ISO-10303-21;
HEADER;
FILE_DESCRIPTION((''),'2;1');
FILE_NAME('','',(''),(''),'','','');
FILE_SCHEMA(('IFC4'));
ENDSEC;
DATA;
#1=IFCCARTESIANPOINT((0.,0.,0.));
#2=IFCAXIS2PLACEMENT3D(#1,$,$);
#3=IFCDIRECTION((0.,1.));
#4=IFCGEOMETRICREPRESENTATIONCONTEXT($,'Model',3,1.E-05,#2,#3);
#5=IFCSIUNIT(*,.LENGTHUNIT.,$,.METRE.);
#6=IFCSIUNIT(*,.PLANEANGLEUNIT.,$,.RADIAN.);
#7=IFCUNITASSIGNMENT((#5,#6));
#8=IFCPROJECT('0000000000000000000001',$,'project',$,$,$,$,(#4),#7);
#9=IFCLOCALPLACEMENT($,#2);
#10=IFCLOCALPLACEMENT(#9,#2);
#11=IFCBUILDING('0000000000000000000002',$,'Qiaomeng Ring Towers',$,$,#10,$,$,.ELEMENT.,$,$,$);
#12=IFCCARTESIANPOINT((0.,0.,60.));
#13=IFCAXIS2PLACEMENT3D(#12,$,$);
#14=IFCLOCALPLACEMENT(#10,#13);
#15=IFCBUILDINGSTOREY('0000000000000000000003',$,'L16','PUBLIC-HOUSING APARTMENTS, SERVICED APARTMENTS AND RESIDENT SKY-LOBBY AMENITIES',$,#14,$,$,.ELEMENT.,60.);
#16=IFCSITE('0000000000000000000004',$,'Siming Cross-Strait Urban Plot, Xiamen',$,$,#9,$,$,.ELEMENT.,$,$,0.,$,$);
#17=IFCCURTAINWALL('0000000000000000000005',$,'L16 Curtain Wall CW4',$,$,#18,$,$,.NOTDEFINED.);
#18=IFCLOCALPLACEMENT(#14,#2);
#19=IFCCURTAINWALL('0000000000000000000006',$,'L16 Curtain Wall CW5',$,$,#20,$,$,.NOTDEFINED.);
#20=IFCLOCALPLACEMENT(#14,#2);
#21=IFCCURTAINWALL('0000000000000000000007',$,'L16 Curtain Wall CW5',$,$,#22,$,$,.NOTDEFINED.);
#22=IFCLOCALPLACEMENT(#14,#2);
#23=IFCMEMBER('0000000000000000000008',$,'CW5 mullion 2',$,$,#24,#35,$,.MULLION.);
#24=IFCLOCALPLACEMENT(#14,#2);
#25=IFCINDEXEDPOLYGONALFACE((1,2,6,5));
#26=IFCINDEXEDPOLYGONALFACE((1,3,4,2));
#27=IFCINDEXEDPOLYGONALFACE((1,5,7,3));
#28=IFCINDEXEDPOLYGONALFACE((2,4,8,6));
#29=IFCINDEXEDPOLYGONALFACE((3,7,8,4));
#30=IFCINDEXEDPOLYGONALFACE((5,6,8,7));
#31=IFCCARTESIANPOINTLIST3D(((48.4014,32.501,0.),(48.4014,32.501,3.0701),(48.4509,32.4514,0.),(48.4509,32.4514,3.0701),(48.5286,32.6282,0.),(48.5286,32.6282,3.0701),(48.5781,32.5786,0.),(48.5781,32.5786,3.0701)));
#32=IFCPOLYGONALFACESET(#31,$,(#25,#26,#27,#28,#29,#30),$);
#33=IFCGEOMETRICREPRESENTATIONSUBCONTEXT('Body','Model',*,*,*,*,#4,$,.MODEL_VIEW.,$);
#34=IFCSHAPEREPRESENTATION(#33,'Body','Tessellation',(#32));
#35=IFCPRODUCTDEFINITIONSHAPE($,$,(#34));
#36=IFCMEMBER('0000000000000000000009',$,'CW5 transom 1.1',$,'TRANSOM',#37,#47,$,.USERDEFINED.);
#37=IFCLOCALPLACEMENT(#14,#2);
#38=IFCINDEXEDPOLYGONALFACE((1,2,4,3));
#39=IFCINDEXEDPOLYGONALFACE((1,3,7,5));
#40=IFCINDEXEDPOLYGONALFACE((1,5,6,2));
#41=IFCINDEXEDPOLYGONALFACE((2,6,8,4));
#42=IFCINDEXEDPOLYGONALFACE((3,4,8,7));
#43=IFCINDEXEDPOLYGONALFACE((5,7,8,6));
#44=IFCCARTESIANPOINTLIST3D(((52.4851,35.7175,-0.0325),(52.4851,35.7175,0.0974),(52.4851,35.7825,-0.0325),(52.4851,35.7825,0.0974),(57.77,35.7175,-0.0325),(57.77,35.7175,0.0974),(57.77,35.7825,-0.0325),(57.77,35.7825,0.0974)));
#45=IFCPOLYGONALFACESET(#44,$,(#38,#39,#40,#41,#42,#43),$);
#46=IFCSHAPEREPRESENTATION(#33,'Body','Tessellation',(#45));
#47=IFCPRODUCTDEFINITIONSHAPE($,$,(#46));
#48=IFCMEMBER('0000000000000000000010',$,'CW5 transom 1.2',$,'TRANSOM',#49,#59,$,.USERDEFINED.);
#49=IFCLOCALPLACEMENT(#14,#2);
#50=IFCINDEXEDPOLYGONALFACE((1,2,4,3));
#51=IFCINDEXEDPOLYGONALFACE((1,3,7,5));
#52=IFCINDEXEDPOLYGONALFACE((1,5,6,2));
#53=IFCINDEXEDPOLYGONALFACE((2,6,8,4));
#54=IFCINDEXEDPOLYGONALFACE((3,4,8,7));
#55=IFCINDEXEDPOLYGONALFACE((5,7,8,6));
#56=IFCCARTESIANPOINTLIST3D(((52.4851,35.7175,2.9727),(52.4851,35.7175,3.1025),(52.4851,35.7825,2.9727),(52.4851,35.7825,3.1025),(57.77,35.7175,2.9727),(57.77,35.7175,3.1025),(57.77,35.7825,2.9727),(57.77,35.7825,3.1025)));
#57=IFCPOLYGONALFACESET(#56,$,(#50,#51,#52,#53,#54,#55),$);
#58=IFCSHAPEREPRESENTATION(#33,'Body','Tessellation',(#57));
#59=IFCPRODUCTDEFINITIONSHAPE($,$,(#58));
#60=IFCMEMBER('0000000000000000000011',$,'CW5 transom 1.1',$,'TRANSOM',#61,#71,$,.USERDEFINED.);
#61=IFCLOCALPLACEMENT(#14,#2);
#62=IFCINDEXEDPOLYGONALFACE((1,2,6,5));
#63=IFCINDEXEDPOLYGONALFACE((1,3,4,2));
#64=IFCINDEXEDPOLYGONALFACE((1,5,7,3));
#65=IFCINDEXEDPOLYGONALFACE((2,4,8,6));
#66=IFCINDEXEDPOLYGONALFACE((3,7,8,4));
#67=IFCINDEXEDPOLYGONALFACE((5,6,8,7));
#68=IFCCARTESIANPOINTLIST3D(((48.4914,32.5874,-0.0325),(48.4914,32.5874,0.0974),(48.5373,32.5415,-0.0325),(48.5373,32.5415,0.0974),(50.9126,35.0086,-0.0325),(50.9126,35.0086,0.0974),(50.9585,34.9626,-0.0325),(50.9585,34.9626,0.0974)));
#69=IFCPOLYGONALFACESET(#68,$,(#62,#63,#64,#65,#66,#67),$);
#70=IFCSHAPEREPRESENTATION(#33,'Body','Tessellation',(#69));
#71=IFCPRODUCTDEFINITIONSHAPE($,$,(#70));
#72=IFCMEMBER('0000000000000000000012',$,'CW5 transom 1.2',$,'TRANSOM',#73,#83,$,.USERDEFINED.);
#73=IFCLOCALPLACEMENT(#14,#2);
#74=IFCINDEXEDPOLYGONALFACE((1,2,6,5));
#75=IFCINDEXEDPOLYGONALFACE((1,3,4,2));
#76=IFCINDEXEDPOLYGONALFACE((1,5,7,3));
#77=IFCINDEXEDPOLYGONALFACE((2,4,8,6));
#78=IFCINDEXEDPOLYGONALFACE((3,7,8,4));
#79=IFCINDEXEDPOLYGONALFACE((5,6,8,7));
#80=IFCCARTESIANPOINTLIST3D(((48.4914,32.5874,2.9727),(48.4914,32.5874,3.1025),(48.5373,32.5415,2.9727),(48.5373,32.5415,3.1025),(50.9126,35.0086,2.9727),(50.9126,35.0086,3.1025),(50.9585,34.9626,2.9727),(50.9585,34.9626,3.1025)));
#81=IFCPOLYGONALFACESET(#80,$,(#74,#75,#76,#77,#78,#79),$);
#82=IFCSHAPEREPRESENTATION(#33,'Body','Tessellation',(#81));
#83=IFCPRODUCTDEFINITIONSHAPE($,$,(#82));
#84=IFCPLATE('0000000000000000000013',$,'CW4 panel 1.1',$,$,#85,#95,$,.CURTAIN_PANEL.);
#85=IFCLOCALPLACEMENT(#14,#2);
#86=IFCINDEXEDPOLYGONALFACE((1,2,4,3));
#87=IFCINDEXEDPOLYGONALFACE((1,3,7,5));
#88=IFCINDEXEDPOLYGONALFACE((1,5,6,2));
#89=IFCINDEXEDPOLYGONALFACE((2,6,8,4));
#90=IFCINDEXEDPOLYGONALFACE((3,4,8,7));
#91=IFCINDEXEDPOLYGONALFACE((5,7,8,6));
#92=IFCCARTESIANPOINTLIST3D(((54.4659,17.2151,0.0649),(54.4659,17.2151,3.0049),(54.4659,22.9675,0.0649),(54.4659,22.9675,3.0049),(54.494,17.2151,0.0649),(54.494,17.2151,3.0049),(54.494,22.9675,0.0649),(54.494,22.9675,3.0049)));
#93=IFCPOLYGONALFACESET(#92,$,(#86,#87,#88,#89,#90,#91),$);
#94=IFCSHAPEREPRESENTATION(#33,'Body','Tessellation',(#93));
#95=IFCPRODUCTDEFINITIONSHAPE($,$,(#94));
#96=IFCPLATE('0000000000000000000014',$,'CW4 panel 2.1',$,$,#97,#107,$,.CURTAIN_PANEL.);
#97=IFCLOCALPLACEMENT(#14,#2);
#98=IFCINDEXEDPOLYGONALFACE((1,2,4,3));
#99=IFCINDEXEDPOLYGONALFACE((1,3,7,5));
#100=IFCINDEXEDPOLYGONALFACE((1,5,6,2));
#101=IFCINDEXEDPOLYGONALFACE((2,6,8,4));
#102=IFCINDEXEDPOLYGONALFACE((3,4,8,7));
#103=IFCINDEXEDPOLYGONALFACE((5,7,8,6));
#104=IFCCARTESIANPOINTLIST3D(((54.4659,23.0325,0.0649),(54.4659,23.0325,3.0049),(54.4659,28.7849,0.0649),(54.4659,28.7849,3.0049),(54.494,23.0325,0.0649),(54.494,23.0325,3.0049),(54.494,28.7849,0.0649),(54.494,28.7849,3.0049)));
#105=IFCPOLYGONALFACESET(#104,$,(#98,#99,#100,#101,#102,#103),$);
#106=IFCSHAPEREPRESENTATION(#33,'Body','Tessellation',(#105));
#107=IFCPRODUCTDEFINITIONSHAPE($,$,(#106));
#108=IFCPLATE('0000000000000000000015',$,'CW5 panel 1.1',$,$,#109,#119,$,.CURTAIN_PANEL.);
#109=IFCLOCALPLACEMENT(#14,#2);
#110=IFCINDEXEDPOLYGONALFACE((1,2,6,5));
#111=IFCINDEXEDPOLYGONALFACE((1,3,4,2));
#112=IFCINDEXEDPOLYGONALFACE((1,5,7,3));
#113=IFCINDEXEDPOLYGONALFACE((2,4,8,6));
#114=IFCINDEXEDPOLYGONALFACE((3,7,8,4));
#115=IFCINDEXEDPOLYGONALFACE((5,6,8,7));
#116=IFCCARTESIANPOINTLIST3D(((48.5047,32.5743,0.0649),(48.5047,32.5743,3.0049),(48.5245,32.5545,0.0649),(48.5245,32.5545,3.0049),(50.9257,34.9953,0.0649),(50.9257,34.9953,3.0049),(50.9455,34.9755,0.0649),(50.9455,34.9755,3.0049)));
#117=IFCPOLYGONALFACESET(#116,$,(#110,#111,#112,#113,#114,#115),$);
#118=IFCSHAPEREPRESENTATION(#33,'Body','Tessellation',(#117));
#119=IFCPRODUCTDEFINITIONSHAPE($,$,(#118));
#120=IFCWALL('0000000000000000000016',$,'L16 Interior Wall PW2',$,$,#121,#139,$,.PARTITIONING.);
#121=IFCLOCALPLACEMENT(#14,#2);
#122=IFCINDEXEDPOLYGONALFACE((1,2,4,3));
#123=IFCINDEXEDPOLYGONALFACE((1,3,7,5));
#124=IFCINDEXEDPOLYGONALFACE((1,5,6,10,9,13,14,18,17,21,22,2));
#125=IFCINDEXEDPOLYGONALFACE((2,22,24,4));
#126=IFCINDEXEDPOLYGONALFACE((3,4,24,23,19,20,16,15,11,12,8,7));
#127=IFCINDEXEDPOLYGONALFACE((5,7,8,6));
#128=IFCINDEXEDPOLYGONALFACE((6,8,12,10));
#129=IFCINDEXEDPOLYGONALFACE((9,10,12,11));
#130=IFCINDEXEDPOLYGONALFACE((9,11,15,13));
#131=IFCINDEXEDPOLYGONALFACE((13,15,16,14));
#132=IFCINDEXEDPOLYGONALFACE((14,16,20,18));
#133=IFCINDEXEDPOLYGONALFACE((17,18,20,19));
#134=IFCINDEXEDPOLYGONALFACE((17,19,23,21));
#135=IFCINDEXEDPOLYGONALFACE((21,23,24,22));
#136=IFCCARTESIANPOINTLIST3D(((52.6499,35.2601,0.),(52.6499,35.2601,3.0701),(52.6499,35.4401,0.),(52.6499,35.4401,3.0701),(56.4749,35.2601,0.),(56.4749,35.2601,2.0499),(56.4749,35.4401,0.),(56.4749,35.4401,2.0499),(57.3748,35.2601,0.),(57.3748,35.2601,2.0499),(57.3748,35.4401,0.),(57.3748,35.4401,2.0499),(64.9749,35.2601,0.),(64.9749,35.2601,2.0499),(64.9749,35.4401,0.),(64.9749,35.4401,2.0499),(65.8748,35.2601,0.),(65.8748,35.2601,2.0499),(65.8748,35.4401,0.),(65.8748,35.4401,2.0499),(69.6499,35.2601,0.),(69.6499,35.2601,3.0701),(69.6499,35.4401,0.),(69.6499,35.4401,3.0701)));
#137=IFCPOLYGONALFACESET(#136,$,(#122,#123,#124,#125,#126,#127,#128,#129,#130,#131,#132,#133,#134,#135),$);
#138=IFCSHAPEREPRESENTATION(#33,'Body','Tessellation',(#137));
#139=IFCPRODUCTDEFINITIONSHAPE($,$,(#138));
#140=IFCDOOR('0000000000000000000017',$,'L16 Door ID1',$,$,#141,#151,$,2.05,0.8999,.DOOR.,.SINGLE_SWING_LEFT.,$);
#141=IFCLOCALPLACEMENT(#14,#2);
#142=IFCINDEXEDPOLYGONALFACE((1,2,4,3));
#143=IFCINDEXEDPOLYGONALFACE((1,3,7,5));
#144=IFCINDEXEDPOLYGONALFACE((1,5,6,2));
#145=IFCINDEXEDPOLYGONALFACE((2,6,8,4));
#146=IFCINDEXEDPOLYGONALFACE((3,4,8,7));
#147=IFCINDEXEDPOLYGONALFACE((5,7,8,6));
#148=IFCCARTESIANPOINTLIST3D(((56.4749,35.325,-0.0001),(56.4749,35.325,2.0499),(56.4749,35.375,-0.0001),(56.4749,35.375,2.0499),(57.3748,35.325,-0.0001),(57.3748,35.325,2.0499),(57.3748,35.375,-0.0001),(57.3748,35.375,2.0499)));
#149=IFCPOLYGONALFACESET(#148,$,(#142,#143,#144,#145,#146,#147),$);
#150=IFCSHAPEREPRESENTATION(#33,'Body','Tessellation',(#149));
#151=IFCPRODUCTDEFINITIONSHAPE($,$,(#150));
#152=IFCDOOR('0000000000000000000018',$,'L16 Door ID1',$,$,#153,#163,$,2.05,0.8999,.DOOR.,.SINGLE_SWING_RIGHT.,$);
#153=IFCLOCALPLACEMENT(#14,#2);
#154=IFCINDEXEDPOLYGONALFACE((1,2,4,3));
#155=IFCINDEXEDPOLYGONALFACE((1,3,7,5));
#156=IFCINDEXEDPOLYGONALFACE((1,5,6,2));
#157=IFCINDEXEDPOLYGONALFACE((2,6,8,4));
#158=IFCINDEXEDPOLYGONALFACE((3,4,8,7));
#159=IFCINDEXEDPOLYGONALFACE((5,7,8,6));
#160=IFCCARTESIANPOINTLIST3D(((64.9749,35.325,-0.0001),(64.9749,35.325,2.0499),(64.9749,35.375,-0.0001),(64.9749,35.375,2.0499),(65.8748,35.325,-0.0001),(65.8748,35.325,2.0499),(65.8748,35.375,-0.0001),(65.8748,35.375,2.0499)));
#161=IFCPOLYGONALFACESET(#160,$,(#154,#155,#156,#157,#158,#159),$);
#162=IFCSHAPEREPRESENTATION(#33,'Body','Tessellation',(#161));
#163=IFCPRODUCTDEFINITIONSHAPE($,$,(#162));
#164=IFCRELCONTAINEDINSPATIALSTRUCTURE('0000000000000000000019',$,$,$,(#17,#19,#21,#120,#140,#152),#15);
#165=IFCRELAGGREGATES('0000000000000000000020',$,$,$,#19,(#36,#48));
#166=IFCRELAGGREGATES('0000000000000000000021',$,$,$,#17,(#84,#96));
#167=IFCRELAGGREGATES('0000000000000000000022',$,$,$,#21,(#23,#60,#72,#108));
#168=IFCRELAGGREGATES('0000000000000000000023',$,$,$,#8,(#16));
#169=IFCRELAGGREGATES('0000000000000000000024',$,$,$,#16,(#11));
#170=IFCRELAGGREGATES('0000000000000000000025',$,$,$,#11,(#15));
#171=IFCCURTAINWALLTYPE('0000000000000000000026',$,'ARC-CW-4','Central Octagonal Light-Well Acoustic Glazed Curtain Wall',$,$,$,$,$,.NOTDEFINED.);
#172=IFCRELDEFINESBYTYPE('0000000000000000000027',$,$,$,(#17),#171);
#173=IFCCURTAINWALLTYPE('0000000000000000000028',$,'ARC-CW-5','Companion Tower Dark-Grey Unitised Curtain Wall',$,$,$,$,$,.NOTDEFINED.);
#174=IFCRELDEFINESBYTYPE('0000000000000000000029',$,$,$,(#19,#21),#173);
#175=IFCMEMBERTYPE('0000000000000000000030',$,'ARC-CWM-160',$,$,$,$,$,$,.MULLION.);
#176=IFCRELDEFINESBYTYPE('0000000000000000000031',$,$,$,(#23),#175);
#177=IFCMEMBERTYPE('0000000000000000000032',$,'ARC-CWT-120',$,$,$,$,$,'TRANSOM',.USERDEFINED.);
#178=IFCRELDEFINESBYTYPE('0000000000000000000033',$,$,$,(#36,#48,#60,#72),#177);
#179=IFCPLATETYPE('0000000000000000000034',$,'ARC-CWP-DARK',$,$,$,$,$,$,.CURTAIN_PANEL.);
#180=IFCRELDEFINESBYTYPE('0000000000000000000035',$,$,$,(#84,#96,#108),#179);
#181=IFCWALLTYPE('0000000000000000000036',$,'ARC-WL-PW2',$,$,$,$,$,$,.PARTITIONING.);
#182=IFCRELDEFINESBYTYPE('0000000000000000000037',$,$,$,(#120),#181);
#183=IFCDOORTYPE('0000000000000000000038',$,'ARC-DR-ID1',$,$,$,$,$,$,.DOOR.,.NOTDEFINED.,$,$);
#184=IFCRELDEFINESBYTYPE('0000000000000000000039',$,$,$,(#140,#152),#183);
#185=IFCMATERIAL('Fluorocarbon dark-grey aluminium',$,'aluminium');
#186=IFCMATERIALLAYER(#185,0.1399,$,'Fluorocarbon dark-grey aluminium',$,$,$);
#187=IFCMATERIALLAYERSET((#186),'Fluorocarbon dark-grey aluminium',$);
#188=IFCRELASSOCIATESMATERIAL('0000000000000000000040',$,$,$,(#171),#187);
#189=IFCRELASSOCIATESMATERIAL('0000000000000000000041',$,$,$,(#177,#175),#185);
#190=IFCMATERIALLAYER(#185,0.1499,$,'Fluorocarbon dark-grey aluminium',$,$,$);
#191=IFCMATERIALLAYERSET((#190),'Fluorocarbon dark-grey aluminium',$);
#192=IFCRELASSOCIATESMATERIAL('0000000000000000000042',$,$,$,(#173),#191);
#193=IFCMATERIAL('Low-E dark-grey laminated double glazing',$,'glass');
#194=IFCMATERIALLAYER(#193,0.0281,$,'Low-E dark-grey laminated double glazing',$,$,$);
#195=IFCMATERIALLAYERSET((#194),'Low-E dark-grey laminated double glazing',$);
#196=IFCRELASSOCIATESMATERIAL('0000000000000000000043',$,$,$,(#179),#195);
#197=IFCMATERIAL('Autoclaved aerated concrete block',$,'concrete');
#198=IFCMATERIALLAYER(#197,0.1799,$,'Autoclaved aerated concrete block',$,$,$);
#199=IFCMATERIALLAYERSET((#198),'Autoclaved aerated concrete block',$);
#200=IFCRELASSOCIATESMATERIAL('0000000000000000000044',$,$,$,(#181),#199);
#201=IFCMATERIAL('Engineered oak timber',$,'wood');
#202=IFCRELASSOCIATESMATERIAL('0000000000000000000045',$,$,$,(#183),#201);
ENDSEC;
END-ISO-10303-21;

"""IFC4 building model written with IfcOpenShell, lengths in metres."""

from ifc_helpers import new_model, si_unit, direction, frame, frame_2d, origin, origin_2d, place, context, subcontext, project, spatial, rectangle, extrude, source, transform, mapped, material, layer, layer_set, material_profile, profile_set, type_object, element, fill, aggregate, save


model = new_model("IFC4")

# Units and contexts
model_context = context("Model", 3, precision=1e-05, world=origin(), true_north=direction((0.0, 1.0)))
body_context = subcontext(model_context, "Body", "Model", "MODEL_VIEW")
ifc_project = project(units=[si_unit("LENGTHUNIT", "METRE"), si_unit("PLANEANGLEUNIT", "RADIAN")], contexts=[model_context])

# Site, building, storey
site_placement = place(None, origin())
site = spatial("IfcSite", under=ifc_project, at=site_placement, Name="Siming Cross-Strait Urban Plot, Xiamen", CompositionType="ELEMENT", RefElevation=0.0)
building_placement = place(site_placement, origin())
building = spatial("IfcBuilding", under=site, at=building_placement, Name="Qiaomeng Ring Towers", CompositionType="ELEMENT")
storey_placement = place(building_placement, frame((0.0, 0.0, 60.0)))
storey = spatial("IfcBuildingStorey", under=building, at=storey_placement, Name="L16", Description="PUBLIC-HOUSING APARTMENTS, SERVICED APARTMENTS AND RESIDENT SKY-LOBBY AMENITIES", CompositionType="ELEMENT", Elevation=60.0)

# Curtain wall
ifc_material_1 = material(Name="Fluorocarbon dark-grey aluminium", Category="aluminium")
ifc_layer_1 = layer(ifc_material_1, 0.1399, Name="Fluorocarbon dark-grey aluminium")
ifc_layer_set_1 = layer_set([ifc_layer_1], Name="Fluorocarbon dark-grey aluminium")
curtain_wall_type_1 = type_object("IfcCurtainWallType", Name="ARC-CW-4", Description="Central Octagonal Light-Well Acoustic Glazed Curtain Wall", PredefinedType="NOTDEFINED", material=ifc_layer_set_1)
curtain_wall_1_placement = place(storey_placement, origin())
curtain_wall_1 = element("IfcCurtainWall", 1, at=curtain_wall_1_placement, inside=storey, type_object=curtain_wall_type_1, Name="L16 Curtain Wall CW4", PredefinedType="NOTDEFINED")
ifc_material_profile_1 = material_profile(ifc_material_1, rectangle(XDim=0.0649, YDim=0.1299, at=origin_2d()), Name="ALU TRAN 65x130")
ifc_profile_set_1 = profile_set([ifc_material_profile_1], Name="Fluorocarbon dark-grey aluminium")
member_type_1 = type_object("IfcMemberType", Name="ARC-CWT-120", ElementType="TRANSOM", PredefinedType="USERDEFINED", material=ifc_profile_set_1)

# Curtain wall
ifc_layer_2 = layer(ifc_material_1, 0.1499, Name="Fluorocarbon dark-grey aluminium")
ifc_layer_set_2 = layer_set([ifc_layer_2], Name="Fluorocarbon dark-grey aluminium")
curtain_wall_type_2 = type_object("IfcCurtainWallType", Name="ARC-CW-5", Description="Companion Tower Dark-Grey Unitised Curtain Wall", PredefinedType="NOTDEFINED", material=ifc_layer_set_2)
curtain_wall_2_placement = place(storey_placement, origin())
curtain_wall_2 = element("IfcCurtainWall", 2, at=curtain_wall_2_placement, inside=storey, type_object=curtain_wall_type_2, Name="L16 Curtain Wall CW5", PredefinedType="NOTDEFINED")
ifc_material_profile_2 = material_profile(ifc_material_1, rectangle(XDim=0.0701, YDim=0.1799, at=origin_2d()), Name="ALU MULL 70x180")
ifc_profile_set_2 = profile_set([ifc_material_profile_2], Name="Fluorocarbon dark-grey aluminium")
member_type_2 = type_object("IfcMemberType", Name="ARC-CWM-160", PredefinedType="MULLION", material=ifc_profile_set_2)
shared_shape_1 = source(origin(), body_context, "Body", "SweptSolid", [
    extrude(rectangle(XDim=0.0701, YDim=0.1799, at=origin_2d()), origin(), (0.0, 0.0, 1.0), 3.0701),
])

# Curtain wall, member
curtain_wall_3_placement = place(storey_placement, origin())
curtain_wall_3 = element("IfcCurtainWall", 3, at=curtain_wall_3_placement, inside=storey, type_object=curtain_wall_type_2, Name="L16 Curtain Wall CW5", PredefinedType="NOTDEFINED")
member_1_placement = place(storey_placement, frame((48.4897, 32.5398, 0.0), z_axis=(0.0, 0.0, 1.0), x_axis=(0.707107, -0.707107, 0.0)))
member_1 = element("IfcMember", 4, at=member_1_placement, type_object=member_type_2, Name="CW5 mullion 2", PredefinedType="MULLION", context=body_context, shape_type="MappedRepresentation", body=[
    mapped(shared_shape_1, transform((0.0, 0.0, 0.0), x_axis=(1.0, 0.0, 0.0), y_axis=(0.0, 1.0, 0.0), z_axis=(0.0, 0.0, 1.0), scale=1.0)),
])

# Members
shared_shape_2 = source(origin(), body_context, "Body", "SweptSolid", [
    extrude(rectangle(XDim=0.0649, YDim=0.1299, at=origin_2d()), origin(), (0.0, 0.0, 1.0), 5.2849),
])
member_2_placement = place(storey_placement, frame((52.4851, 35.75, 0.0325), z_axis=(1.0, 0.0, 0.0), x_axis=(0.0, 1.0, 0.0)))
member_2 = element("IfcMember", 5, at=member_2_placement, type_object=member_type_1, Name="CW5 transom 1.1", ObjectType="TRANSOM", PredefinedType="USERDEFINED", context=body_context, shape_type="MappedRepresentation", body=[
    mapped(shared_shape_2, transform((0.0, 0.0, 0.0), x_axis=(1.0, 0.0, 0.0), y_axis=(0.0, 1.0, 0.0), z_axis=(0.0, 0.0, 1.0), scale=1.0)),
])
member_3_placement = place(storey_placement, frame((52.4851, 35.75, 3.0376), z_axis=(1.0, 0.0, 0.0), x_axis=(0.0, 1.0, 0.0)))
member_3 = element("IfcMember", 6, at=member_3_placement, type_object=member_type_1, Name="CW5 transom 1.2", ObjectType="TRANSOM", PredefinedType="USERDEFINED", context=body_context, shape_type="MappedRepresentation", body=[
    mapped(shared_shape_2, transform((0.0, 0.0, 0.0), x_axis=(1.0, 0.0, 0.0), y_axis=(0.0, 1.0, 0.0), z_axis=(0.0, 0.0, 1.0), scale=1.0)),
])
aggregate(curtain_wall_2, [member_2, member_3])
shared_shape_3 = source(origin(), body_context, "Body", "SweptSolid", [
    extrude(rectangle(XDim=0.0649, YDim=0.1299, at=origin_2d()), origin(), (0.0, 0.0, 1.0), 3.4241),
])
member_4_placement = place(storey_placement, frame((50.9355, 34.9856, 0.0325), z_axis=(-0.707107, -0.707107, 0.0), x_axis=(0.707107, -0.707107, 0.0)))
member_4 = element("IfcMember", 7, at=member_4_placement, type_object=member_type_1, Name="CW5 transom 1.1", ObjectType="TRANSOM", PredefinedType="USERDEFINED", context=body_context, shape_type="MappedRepresentation", body=[
    mapped(shared_shape_3, transform((0.0, 0.0, 0.0), x_axis=(1.0, 0.0, 0.0), y_axis=(0.0, 1.0, 0.0), z_axis=(0.0, 0.0, 1.0), scale=1.0)),
])
member_5_placement = place(storey_placement, frame((50.9355, 34.9856, 3.0376), z_axis=(-0.707107, -0.707107, 0.0), x_axis=(0.707107, -0.707107, 0.0)))
member_5 = element("IfcMember", 8, at=member_5_placement, type_object=member_type_1, Name="CW5 transom 1.2", ObjectType="TRANSOM", PredefinedType="USERDEFINED", context=body_context, shape_type="MappedRepresentation", body=[
    mapped(shared_shape_3, transform((0.0, 0.0, 0.0), x_axis=(1.0, 0.0, 0.0), y_axis=(0.0, 1.0, 0.0), z_axis=(0.0, 0.0, 1.0), scale=1.0)),
])

# Plates
ifc_material_2 = material(Name="Low-E dark-grey laminated double glazing", Category="glass")
ifc_layer_3 = layer(ifc_material_2, 0.0281, Name="Low-E dark-grey laminated double glazing")
ifc_layer_set_3 = layer_set([ifc_layer_3], Name="Low-E dark-grey laminated double glazing")
plate_type = type_object("IfcPlateType", Name="ARC-CWP-DARK", PredefinedType="CURTAIN_PANEL", material=ifc_layer_set_3)
shared_shape_4 = source(origin(), body_context, "Body", "SweptSolid", [
    extrude(rectangle(XDim=5.7524, YDim=0.0281, at=origin_2d()), origin(), (0.0, 0.0, 1.0), 2.9399),
])
plate_1_placement = place(storey_placement, frame((54.48, 20.0913, 0.0649), z_axis=(0.0, 0.0, 1.0), x_axis=(0.0, 1.0, 0.0)))
plate_1 = element("IfcPlate", 9, at=plate_1_placement, type_object=plate_type, Name="CW4 panel 1.1", PredefinedType="CURTAIN_PANEL", context=body_context, shape_type="MappedRepresentation", body=[
    mapped(shared_shape_4, transform((0.0, 0.0, 0.0), x_axis=(1.0, 0.0, 0.0), y_axis=(0.0, 1.0, 0.0), z_axis=(0.0, 0.0, 1.0), scale=1.0)),
])
plate_2_placement = place(storey_placement, frame((54.48, 25.9087, 0.0649), z_axis=(0.0, 0.0, 1.0), x_axis=(0.0, 1.0, 0.0)))
plate_2 = element("IfcPlate", 10, at=plate_2_placement, type_object=plate_type, Name="CW4 panel 2.1", PredefinedType="CURTAIN_PANEL", context=body_context, shape_type="MappedRepresentation", body=[
    mapped(shared_shape_4, transform((0.0, 0.0, 0.0), x_axis=(1.0, 0.0, 0.0), y_axis=(0.0, 1.0, 0.0), z_axis=(0.0, 0.0, 1.0), scale=1.0)),
])
aggregate(curtain_wall_1, [plate_1, plate_2])
shared_shape_5 = source(origin(), body_context, "Body", "SweptSolid", [
    extrude(rectangle(XDim=3.4238, YDim=0.0281, at=origin_2d()), origin(), (0.0, 0.0, 1.0), 2.9399),
])
plate_3_placement = place(storey_placement, frame((49.7251, 33.7749, 0.0649), z_axis=(0.0, 0.0, 1.0), x_axis=(-0.707107, -0.707107, 0.0)))
plate_3 = element("IfcPlate", 11, at=plate_3_placement, type_object=plate_type, Name="CW5 panel 1.1", PredefinedType="CURTAIN_PANEL", context=body_context, shape_type="MappedRepresentation", body=[
    mapped(shared_shape_5, transform((0.0, 0.0, 0.0), x_axis=(1.0, 0.0, 0.0), y_axis=(0.0, 1.0, 0.0), z_axis=(0.0, 0.0, 1.0), scale=1.0)),
])
aggregate(curtain_wall_3, [member_1, member_4, member_5, plate_3])

# Wall, openings, doors
ifc_material_3 = material(Name="Autoclaved aerated concrete block", Category="concrete")
ifc_layer_4 = layer(ifc_material_3, 0.1799, Name="Autoclaved aerated concrete block")
ifc_layer_set_4 = layer_set([ifc_layer_4], Name="Autoclaved aerated concrete block")
wall_type_1 = type_object("IfcWallType", Name="ARC-WL-PW2", PredefinedType="PARTITIONING", material=ifc_layer_set_4)
wall_1_placement = place(storey_placement, frame((52.6499, 35.3501, 0.0), z_axis=(0.0, 0.0, 1.0), x_axis=(1.0, 0.0, 0.0)))
wall_1 = element("IfcWall", 12, at=wall_1_placement, inside=storey, type_object=wall_type_1, Name="L16 Interior Wall PW2", PredefinedType="PARTITIONING", context=body_context, shape_type="SweptSolid", body=[
    extrude(rectangle(XDim=17.0, YDim=0.1799, at=frame_2d((8.5, 0.0))), origin(), (0.0, 0.0, 1.0), 3.0701),
])
opening_1_placement = place(wall_1_placement, frame((3.825, 0.0, 0.0)))
opening_1 = element("IfcOpeningElement", 13, at=opening_1_placement, cuts=wall_1, PredefinedType="OPENING", context=body_context, shape_type="SweptSolid", body=[
    extrude(rectangle(XDim=0.8999, YDim=2.05, at=frame_2d((0.45, 1.0249))), frame((0.0, 0.0999, 0.0), z_axis=(0.0, -1.0, 0.0), x_axis=(1.0, 0.0, 0.0)), (0.0, 0.0, 1.0), 0.2),
])
opening_2_placement = place(wall_1_placement, frame((12.325, 0.0, 0.0)))
opening_2 = element("IfcOpeningElement", 14, at=opening_2_placement, cuts=wall_1, PredefinedType="OPENING", context=body_context, shape_type="SweptSolid", body=[
    extrude(rectangle(XDim=0.8999, YDim=2.05, at=frame_2d((0.45, 1.0249))), frame((0.0, 0.0999, 0.0), z_axis=(0.0, -1.0, 0.0), x_axis=(1.0, 0.0, 0.0)), (0.0, 0.0, 1.0), 0.2),
])
ifc_material_4 = material(Name="Engineered oak timber", Category="wood")
door_type_1 = type_object("IfcDoorType", Name="ARC-DR-ID1", OperationType="NOTDEFINED", PredefinedType="DOOR", material=ifc_material_4)
shared_shape_6 = source(origin(), body_context, "Body", "SweptSolid", [
    extrude(rectangle(XDim=0.8999, YDim=2.05, at=frame_2d((0.45, 1.0249))), frame((0.0, 0.0249, 0.0), z_axis=(0.0, -1.0, 0.0), x_axis=(1.0, 0.0, 0.0)), (0.0, 0.0, 1.0), 0.05),
])
door_1_placement = place(opening_1_placement, origin())
door_1 = element("IfcDoor", 15, at=door_1_placement, inside=storey, type_object=door_type_1, Name="L16 Door ID1", OperationType="SINGLE_SWING_LEFT", OverallHeight=2.05, OverallWidth=0.8999, PredefinedType="DOOR", context=body_context, shape_type="MappedRepresentation", body=[
    mapped(shared_shape_6, transform((0.0, 0.0, 0.0), x_axis=(1.0, 0.0, 0.0), y_axis=(0.0, 1.0, 0.0), z_axis=(0.0, 0.0, 1.0), scale=1.0)),
])
fill(opening_1, door_1)
door_2_placement = place(opening_2_placement, origin())
door_2 = element("IfcDoor", 16, at=door_2_placement, inside=storey, type_object=door_type_1, Name="L16 Door ID1", OperationType="SINGLE_SWING_RIGHT", OverallHeight=2.05, OverallWidth=0.8999, PredefinedType="DOOR", context=body_context, shape_type="MappedRepresentation", body=[
    mapped(shared_shape_6, transform((0.0, 0.0, 0.0), x_axis=(1.0, 0.0, 0.0), y_axis=(0.0, 1.0, 0.0), z_axis=(0.0, 0.0, 1.0), scale=1.0)),
])
fill(opening_2, door_2)

save(model, "model.ifc")
